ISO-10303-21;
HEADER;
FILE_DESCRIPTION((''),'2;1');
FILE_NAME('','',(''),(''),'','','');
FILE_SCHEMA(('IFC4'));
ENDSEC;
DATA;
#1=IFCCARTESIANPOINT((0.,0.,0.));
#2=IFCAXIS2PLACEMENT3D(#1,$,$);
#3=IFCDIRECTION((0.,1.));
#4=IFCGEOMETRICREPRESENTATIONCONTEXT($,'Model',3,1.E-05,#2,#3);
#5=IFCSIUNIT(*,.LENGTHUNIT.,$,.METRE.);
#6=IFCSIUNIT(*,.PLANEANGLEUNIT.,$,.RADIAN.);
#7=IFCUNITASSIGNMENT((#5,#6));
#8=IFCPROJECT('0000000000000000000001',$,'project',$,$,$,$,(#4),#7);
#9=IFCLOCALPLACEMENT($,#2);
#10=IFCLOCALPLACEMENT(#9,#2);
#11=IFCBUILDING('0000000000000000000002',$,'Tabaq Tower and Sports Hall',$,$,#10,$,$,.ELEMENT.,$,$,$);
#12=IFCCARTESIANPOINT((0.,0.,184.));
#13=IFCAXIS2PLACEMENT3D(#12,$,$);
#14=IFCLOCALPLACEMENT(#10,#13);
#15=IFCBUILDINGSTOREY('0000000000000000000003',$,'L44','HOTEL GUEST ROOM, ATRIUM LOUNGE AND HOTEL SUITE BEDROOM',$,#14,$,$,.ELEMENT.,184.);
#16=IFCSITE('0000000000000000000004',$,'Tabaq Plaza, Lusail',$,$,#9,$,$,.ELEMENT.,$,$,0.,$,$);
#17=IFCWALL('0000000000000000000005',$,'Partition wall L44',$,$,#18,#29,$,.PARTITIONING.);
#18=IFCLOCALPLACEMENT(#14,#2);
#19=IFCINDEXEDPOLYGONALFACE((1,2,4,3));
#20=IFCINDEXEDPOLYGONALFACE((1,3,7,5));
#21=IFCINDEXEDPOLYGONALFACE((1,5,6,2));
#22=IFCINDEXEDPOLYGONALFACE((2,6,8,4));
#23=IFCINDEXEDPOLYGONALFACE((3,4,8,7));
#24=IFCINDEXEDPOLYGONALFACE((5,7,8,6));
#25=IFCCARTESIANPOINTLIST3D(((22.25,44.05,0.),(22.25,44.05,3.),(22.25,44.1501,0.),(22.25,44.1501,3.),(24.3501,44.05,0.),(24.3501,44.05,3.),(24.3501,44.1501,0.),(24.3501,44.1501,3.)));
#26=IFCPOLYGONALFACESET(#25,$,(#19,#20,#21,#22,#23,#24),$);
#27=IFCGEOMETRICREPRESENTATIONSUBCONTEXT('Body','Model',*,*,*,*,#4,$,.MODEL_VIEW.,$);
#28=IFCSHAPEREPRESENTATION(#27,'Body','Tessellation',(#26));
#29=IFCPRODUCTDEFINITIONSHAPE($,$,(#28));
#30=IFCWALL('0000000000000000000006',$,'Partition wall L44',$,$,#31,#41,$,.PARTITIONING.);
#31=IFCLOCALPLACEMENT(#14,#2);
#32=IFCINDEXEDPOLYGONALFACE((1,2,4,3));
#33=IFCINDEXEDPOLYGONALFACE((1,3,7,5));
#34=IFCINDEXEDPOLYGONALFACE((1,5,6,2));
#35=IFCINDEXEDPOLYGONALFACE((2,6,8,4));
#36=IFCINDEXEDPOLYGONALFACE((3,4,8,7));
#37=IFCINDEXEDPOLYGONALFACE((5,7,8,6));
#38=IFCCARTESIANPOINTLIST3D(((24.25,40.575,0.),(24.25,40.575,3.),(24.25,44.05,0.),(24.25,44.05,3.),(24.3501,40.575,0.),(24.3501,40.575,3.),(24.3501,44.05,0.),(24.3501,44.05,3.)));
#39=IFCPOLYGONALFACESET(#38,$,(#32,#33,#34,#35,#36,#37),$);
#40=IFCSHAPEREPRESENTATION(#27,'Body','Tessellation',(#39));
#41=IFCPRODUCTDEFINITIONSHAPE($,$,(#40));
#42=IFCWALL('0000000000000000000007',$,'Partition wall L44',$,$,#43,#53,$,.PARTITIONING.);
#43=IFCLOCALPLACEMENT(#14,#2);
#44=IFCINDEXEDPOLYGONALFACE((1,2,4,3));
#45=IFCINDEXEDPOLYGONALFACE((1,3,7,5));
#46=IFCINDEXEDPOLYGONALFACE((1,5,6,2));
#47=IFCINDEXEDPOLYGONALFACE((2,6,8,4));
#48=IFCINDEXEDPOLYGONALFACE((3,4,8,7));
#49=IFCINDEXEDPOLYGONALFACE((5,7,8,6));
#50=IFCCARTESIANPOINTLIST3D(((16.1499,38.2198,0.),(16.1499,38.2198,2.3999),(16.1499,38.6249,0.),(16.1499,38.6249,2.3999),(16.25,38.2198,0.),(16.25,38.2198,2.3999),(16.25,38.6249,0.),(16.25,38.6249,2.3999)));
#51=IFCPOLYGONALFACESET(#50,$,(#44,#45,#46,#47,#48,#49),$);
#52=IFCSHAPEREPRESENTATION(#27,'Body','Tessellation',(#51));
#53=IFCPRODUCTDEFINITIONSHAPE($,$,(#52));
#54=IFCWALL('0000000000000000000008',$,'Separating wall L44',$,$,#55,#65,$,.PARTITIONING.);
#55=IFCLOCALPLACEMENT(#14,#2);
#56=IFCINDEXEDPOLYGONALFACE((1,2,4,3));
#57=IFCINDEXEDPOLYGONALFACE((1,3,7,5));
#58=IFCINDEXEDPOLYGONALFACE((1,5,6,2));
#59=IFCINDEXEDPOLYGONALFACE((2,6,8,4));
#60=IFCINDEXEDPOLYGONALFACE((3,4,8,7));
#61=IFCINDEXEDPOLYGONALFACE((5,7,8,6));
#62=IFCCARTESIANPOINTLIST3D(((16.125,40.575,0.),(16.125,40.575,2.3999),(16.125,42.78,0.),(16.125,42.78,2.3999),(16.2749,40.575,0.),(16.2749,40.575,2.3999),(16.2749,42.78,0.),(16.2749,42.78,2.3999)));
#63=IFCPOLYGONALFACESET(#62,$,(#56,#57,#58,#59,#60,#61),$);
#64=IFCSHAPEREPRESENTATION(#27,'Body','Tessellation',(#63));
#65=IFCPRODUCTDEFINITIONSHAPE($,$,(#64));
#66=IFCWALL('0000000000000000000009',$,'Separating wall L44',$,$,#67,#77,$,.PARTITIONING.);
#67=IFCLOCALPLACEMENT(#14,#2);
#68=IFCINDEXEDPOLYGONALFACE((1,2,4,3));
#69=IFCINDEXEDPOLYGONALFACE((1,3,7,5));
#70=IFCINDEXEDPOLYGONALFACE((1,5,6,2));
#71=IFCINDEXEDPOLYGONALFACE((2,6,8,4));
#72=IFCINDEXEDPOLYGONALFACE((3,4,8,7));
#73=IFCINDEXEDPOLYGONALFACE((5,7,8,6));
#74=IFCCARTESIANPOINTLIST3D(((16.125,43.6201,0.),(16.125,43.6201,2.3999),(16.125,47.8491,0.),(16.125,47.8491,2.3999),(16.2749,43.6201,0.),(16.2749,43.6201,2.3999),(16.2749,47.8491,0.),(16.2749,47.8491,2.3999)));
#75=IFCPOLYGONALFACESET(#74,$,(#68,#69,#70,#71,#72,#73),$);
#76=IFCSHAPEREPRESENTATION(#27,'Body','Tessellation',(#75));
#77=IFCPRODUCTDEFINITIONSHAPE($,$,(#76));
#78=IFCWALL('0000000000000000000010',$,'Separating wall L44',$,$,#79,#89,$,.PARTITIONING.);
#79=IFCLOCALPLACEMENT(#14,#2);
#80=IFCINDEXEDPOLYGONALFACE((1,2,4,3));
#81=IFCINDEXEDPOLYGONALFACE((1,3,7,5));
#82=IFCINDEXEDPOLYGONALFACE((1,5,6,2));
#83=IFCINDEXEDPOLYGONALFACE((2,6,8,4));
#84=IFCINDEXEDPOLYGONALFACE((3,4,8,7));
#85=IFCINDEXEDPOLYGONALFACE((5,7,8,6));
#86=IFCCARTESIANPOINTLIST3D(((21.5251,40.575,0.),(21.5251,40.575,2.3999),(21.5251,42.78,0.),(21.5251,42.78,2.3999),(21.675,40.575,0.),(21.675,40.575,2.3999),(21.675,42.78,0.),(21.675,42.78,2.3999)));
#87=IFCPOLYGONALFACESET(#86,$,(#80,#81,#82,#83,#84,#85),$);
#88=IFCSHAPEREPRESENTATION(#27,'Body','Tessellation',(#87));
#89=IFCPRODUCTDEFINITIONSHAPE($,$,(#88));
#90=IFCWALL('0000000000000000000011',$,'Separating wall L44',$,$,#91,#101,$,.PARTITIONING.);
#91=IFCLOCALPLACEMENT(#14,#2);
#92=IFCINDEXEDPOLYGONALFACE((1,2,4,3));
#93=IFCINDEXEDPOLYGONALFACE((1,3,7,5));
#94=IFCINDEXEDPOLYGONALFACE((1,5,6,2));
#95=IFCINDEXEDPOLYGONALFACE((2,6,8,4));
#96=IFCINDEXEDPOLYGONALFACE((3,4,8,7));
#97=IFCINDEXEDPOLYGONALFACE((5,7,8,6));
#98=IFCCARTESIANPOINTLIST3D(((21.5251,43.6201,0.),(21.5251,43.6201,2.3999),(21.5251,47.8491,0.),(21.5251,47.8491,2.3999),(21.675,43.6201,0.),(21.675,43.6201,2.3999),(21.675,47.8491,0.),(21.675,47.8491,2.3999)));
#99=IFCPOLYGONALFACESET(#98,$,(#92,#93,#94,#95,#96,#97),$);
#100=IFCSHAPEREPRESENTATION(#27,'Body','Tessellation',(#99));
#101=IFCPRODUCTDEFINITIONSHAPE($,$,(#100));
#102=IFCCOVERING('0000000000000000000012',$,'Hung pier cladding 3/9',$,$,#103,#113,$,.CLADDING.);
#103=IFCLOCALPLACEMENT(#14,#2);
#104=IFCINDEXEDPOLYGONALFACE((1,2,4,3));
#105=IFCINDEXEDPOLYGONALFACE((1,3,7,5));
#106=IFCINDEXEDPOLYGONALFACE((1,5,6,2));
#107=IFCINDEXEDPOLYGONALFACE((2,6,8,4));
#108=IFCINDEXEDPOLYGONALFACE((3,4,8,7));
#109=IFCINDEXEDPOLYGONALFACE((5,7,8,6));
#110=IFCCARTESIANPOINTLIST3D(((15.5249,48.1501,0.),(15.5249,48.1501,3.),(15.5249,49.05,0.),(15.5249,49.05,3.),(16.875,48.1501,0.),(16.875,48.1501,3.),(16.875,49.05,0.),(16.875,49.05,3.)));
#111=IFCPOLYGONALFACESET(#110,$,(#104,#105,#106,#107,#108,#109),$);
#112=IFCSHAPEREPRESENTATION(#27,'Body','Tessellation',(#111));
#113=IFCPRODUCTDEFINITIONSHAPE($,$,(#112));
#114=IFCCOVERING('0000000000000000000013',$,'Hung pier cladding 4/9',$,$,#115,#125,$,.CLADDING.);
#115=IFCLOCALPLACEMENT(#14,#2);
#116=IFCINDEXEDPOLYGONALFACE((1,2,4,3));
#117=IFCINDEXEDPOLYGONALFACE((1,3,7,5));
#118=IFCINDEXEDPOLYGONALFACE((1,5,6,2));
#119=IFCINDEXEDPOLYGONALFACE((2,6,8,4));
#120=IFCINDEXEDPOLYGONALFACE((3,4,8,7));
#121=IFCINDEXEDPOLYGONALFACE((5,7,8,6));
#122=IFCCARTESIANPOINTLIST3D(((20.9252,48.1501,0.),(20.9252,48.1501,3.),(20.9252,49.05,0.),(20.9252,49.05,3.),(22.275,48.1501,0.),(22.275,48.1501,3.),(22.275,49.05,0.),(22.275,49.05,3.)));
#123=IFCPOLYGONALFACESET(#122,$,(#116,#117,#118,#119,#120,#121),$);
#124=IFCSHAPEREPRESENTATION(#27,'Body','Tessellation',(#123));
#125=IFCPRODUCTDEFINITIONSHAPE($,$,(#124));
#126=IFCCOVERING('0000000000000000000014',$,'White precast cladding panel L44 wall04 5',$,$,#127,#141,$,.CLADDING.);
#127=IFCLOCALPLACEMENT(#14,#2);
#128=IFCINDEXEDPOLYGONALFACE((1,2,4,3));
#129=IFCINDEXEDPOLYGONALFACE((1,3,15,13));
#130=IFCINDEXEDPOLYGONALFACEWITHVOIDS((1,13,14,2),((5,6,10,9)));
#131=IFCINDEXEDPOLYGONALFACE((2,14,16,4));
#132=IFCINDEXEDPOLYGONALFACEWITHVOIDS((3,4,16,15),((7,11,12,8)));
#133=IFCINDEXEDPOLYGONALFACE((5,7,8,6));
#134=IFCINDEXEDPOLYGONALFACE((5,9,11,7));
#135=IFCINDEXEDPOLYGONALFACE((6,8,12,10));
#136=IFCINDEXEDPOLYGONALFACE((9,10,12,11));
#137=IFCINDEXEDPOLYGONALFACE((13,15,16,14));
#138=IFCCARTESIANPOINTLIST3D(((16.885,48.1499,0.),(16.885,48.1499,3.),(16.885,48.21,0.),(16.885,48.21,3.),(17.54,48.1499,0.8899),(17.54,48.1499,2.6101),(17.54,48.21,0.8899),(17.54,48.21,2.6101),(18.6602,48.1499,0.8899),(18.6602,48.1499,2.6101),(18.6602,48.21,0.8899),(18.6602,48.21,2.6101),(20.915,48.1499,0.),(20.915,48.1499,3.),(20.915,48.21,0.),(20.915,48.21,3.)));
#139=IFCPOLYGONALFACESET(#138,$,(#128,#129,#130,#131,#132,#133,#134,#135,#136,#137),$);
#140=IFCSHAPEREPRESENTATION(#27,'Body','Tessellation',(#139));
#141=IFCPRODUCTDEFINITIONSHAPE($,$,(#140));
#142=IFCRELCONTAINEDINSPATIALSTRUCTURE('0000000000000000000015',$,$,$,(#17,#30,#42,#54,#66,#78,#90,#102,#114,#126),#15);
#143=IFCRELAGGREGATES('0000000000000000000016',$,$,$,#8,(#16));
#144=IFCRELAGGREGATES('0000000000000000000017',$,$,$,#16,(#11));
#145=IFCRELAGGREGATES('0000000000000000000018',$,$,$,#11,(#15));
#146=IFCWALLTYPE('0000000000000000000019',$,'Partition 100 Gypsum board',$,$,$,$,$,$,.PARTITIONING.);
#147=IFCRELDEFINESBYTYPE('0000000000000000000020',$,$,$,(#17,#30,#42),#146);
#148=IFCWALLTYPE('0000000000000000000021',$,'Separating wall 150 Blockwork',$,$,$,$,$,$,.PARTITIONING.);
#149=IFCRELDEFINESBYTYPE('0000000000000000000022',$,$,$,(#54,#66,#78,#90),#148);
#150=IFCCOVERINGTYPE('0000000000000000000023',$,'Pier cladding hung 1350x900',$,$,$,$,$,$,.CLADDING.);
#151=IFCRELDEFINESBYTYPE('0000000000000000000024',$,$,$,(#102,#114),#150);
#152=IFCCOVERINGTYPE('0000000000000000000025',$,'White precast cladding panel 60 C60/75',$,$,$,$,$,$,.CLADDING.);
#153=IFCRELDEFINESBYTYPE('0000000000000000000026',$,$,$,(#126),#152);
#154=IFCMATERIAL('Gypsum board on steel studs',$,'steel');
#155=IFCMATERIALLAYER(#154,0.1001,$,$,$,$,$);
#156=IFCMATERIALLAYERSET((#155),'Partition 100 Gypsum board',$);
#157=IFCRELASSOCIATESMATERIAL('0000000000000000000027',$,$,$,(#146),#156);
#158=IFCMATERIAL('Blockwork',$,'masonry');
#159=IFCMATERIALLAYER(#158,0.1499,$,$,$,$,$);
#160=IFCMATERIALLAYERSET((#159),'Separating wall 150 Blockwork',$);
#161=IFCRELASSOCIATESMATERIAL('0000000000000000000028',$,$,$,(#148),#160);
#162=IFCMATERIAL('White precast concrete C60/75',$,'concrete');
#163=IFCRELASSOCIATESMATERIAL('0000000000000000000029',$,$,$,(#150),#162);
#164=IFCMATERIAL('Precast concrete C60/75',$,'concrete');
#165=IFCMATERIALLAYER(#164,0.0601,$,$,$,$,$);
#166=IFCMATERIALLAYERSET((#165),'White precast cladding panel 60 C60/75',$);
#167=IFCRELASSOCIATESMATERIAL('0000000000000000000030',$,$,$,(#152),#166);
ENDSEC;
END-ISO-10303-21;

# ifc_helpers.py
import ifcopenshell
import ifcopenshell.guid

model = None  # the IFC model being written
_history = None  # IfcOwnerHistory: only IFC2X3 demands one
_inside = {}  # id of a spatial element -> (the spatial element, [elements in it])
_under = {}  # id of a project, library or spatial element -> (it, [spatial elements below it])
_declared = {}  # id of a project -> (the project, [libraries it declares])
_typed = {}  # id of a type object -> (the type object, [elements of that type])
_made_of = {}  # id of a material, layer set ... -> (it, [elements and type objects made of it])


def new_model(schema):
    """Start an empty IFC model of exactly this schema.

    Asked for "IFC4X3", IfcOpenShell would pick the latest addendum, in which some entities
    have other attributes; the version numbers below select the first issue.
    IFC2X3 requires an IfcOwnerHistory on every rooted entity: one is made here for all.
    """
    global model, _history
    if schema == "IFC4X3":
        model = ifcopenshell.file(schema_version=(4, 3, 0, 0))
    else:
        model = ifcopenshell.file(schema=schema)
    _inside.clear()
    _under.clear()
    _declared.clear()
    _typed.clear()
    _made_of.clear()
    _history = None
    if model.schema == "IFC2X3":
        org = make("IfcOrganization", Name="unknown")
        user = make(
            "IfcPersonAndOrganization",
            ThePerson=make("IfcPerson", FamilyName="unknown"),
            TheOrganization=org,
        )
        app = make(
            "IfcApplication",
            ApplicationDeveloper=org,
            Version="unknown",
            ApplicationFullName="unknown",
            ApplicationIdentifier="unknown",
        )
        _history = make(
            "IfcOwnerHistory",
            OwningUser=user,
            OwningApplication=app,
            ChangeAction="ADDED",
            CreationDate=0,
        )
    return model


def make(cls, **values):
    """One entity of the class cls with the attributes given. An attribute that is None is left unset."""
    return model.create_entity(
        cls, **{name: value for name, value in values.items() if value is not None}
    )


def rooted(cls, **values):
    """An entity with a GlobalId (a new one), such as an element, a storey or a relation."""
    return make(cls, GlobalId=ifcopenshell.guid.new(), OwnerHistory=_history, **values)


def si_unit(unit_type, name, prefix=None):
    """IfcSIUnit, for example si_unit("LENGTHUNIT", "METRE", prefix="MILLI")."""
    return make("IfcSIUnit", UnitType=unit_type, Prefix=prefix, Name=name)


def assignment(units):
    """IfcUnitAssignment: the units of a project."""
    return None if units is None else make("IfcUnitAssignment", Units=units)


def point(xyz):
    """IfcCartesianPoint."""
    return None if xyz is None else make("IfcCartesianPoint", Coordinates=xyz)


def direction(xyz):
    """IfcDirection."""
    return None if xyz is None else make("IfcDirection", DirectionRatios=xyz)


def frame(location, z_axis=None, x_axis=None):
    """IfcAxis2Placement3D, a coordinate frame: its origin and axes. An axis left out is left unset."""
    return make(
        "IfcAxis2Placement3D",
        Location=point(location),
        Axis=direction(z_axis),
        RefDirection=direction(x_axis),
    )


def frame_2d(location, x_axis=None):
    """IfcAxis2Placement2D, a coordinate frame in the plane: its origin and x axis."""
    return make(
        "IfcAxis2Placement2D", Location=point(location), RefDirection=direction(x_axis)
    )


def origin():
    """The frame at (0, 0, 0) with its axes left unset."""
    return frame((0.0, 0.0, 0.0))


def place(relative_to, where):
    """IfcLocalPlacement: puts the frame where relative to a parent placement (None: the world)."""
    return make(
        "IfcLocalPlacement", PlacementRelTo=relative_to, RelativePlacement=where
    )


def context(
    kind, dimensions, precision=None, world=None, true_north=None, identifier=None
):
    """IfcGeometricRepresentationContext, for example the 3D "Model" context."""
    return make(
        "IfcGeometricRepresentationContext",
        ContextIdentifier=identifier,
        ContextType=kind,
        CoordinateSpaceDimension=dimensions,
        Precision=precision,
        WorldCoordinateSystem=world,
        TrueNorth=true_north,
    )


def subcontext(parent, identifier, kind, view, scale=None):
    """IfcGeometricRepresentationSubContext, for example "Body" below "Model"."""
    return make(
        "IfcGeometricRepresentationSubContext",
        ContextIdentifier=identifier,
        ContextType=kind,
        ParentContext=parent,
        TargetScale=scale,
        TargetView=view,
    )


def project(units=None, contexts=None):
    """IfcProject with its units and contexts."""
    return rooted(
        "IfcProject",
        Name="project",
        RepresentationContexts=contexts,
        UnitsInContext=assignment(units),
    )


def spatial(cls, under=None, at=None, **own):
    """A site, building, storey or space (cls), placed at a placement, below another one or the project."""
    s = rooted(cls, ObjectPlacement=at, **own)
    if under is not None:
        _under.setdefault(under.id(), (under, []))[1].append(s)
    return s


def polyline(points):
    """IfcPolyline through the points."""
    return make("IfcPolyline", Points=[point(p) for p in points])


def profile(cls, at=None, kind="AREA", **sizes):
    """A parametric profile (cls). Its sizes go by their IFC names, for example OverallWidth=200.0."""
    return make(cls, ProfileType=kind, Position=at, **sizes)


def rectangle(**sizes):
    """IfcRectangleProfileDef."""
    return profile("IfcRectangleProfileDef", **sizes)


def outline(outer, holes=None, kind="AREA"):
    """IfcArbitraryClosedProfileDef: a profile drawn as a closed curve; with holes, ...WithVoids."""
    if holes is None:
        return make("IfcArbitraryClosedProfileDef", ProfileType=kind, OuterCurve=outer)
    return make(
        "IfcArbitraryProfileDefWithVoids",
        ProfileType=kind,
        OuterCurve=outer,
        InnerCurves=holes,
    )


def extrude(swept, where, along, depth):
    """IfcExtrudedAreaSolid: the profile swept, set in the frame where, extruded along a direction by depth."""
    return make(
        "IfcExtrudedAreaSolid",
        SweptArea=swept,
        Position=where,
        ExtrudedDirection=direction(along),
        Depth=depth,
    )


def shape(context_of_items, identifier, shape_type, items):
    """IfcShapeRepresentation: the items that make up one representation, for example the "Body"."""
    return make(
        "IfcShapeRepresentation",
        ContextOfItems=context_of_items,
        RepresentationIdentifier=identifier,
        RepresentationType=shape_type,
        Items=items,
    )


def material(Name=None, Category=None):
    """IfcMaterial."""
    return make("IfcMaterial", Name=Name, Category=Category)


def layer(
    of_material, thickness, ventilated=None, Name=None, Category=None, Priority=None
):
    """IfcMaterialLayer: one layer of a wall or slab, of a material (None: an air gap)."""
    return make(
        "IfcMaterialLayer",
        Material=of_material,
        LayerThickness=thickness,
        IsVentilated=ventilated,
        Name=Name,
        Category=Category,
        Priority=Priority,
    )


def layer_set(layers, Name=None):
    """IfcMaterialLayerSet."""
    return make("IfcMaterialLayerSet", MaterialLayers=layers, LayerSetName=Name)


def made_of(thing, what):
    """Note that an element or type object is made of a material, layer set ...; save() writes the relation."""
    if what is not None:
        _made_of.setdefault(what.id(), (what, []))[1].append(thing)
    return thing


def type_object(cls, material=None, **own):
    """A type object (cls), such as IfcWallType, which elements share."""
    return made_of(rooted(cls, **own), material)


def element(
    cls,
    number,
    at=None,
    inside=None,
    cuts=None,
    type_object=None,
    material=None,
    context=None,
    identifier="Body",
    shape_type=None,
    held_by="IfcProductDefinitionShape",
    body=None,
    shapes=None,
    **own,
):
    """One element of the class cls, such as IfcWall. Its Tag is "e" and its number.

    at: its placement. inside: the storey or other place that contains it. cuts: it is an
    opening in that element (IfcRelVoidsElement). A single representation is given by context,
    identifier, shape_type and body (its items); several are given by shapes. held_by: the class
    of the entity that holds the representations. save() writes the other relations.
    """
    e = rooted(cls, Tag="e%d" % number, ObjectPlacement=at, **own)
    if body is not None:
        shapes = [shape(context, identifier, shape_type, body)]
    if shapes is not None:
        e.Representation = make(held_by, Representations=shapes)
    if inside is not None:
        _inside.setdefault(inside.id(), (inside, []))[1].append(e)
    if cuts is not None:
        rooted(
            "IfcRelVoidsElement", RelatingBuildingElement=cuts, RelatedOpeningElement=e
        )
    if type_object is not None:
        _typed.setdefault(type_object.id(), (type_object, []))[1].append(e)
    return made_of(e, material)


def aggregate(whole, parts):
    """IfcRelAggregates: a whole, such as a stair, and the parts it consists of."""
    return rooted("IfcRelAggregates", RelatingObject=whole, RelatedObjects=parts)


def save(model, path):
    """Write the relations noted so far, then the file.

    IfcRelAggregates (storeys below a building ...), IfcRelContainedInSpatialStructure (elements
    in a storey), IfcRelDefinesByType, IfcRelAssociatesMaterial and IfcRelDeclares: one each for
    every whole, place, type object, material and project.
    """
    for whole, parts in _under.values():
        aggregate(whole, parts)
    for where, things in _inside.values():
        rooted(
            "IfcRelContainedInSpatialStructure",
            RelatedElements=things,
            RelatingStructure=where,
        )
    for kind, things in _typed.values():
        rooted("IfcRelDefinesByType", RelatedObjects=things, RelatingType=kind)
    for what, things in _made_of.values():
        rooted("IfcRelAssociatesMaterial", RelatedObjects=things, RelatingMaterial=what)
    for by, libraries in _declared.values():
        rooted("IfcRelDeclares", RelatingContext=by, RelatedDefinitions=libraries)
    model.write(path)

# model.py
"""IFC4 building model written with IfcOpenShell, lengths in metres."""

from ifc_helpers import new_model, si_unit, direction, frame, frame_2d, origin, place, context, subcontext, project, spatial, polyline, rectangle, outline, extrude, material, layer, layer_set, type_object, element, save


model = new_model("IFC4")

# Units and contexts
model_context = context("Model", 3, precision=1e-05, world=origin(), true_north=direction((0.0, 1.0)))
body_context = subcontext(model_context, "Body", "Model", "MODEL_VIEW")
ifc_project = project(units=[si_unit("LENGTHUNIT", "METRE"), si_unit("PLANEANGLEUNIT", "RADIAN")], contexts=[model_context])

# Site, building, storey
site_placement = place(None, origin())
site = spatial("IfcSite", under=ifc_project, at=site_placement, Name="Tabaq Plaza, Lusail", CompositionType="ELEMENT", RefElevation=0.0)
building_placement = place(site_placement, origin())
building = spatial("IfcBuilding", under=site, at=building_placement, Name="Tabaq Tower and Sports Hall", CompositionType="ELEMENT")
storey_placement = place(building_placement, frame((0.0, 0.0, 184.0)))
storey = spatial("IfcBuildingStorey", under=building, at=storey_placement, Name="L44", Description="HOTEL GUEST ROOM, ATRIUM LOUNGE AND HOTEL SUITE BEDROOM", CompositionType="ELEMENT", Elevation=184.0)

# Shared definitions
ifc_material_1 = material(Name="Gypsum board on steel studs", Category="steel")
ifc_layer_1 = layer(ifc_material_1, 0.1001)
ifc_layer_set_1 = layer_set([ifc_layer_1], Name="Partition 100 Gypsum board")
wall_type_1 = type_object("IfcWallType", Name="Partition 100 Gypsum board", PredefinedType="PARTITIONING", material=ifc_layer_set_1)

# Walls
wall_1_placement = place(storey_placement, frame((22.25, 44.1001, 0.0), z_axis=(0.0, 0.0, 1.0), x_axis=(1.0, 0.0, 0.0)))
element("IfcWall", 1, at=wall_1_placement, inside=storey, type_object=wall_type_1, Name="Partition wall L44", PredefinedType="PARTITIONING", context=body_context, shape_type="SweptSolid", body=[
    extrude(rectangle(XDim=2.1001, YDim=0.1001, at=frame_2d((1.05, 0.0))), origin(), (0.0, 0.0, 1.0), 3.0),
])
wall_2_placement = place(storey_placement, frame((24.3, 44.05, 0.0), z_axis=(0.0, 0.0, 1.0), x_axis=(0.0, -1.0, 0.0)))
element("IfcWall", 2, at=wall_2_placement, inside=storey, type_object=wall_type_1, Name="Partition wall L44", PredefinedType="PARTITIONING", context=body_context, shape_type="SweptSolid", body=[
    extrude(rectangle(XDim=3.4751, YDim=0.1001, at=frame_2d((1.7375, 0.0))), origin(), (0.0, 0.0, 1.0), 3.0),
])
wall_3_placement = place(storey_placement, frame((16.2, 38.625, 0.0), z_axis=(0.0, 0.0, 1.0), x_axis=(0.0, -1.0, 0.0)))
element("IfcWall", 3, at=wall_3_placement, inside=storey, type_object=wall_type_1, Name="Partition wall L44", PredefinedType="PARTITIONING", context=body_context, shape_type="SweptSolid", body=[
    extrude(rectangle(XDim=0.405, YDim=0.1001, at=frame_2d((0.2026, 0.0))), origin(), (0.0, 0.0, 1.0), 2.3999),
])
ifc_material_2 = material(Name="Blockwork", Category="masonry")
ifc_layer_2 = layer(ifc_material_2, 0.1499)
ifc_layer_set_2 = layer_set([ifc_layer_2], Name="Separating wall 150 Blockwork")
wall_type_2 = type_object("IfcWallType", Name="Separating wall 150 Blockwork", PredefinedType="PARTITIONING", material=ifc_layer_set_2)
wall_4_placement = place(storey_placement, frame((16.2, 40.575, 0.0), z_axis=(0.0, 0.0, 1.0), x_axis=(0.0, 1.0, 0.0)))
element("IfcWall", 4, at=wall_4_placement, inside=storey, type_object=wall_type_2, Name="Separating wall L44", PredefinedType="PARTITIONING", context=body_context, shape_type="SweptSolid", body=[
    extrude(rectangle(XDim=2.2051, YDim=0.1499, at=frame_2d((1.1025, 0.0))), origin(), (0.0, 0.0, 1.0), 2.3999),
])
wall_5_placement = place(storey_placement, frame((16.2, 43.6201, 0.0), z_axis=(0.0, 0.0, 1.0), x_axis=(0.0, 1.0, 0.0)))
element("IfcWall", 5, at=wall_5_placement, inside=storey, type_object=wall_type_2, Name="Separating wall L44", PredefinedType="PARTITIONING", context=body_context, shape_type="SweptSolid", body=[
    extrude(rectangle(XDim=4.229, YDim=0.1499, at=frame_2d((2.1145, 0.0))), origin(), (0.0, 0.0, 1.0), 2.3999),
])
wall_6_placement = place(storey_placement, frame((21.6001, 40.575, 0.0), z_axis=(0.0, 0.0, 1.0), x_axis=(0.0, 1.0, 0.0)))
element("IfcWall", 6, at=wall_6_placement, inside=storey, type_object=wall_type_2, Name="Separating wall L44", PredefinedType="PARTITIONING", context=body_context, shape_type="SweptSolid", body=[
    extrude(rectangle(XDim=2.2051, YDim=0.1499, at=frame_2d((1.1025, 0.0))), origin(), (0.0, 0.0, 1.0), 2.3999),
])
wall_7_placement = place(storey_placement, frame((21.6001, 43.6201, 0.0), z_axis=(0.0, 0.0, 1.0), x_axis=(0.0, 1.0, 0.0)))
element("IfcWall", 7, at=wall_7_placement, inside=storey, type_object=wall_type_2, Name="Separating wall L44", PredefinedType="PARTITIONING", context=body_context, shape_type="SweptSolid", body=[
    extrude(rectangle(XDim=4.229, YDim=0.1499, at=frame_2d((2.1145, 0.0))), origin(), (0.0, 0.0, 1.0), 2.3999),
])

# Coverings
ifc_material_3 = material(Name="White precast concrete C60/75", Category="concrete")
covering_type_1 = type_object("IfcCoveringType", Name="Pier cladding hung 1350x900", PredefinedType="CLADDING", material=ifc_material_3)
covering_1_placement = place(storey_placement, frame((16.875, 48.6001, 0.0), z_axis=(0.0, 0.0, 1.0), x_axis=(-1.0, 0.0, 0.0)))
element("IfcCovering", 8, at=covering_1_placement, inside=storey, type_object=covering_type_1, Name="Hung pier cladding 3/9", PredefinedType="CLADDING", context=body_context, shape_type="SweptSolid", body=[
    extrude(rectangle(XDim=1.3501, YDim=0.8999, at=frame_2d((0.675, 0.0))), origin(), (0.0, 0.0, 1.0), 3.0),
])
covering_2_placement = place(storey_placement, frame((22.2749, 48.6001, 0.0), z_axis=(0.0, 0.0, 1.0), x_axis=(-1.0, 0.0, 0.0)))
element("IfcCovering", 9, at=covering_2_placement, inside=storey, type_object=covering_type_1, Name="Hung pier cladding 4/9", PredefinedType="CLADDING", context=body_context, shape_type="SweptSolid", body=[
    extrude(rectangle(XDim=1.3499, YDim=0.8999, at=frame_2d((0.6748, 0.0))), origin(), (0.0, 0.0, 1.0), 3.0),
])
ifc_material_4 = material(Name="Precast concrete C60/75", Category="concrete")
ifc_layer_3 = layer(ifc_material_4, 0.0601)
ifc_layer_set_3 = layer_set([ifc_layer_3], Name="White precast cladding panel 60 C60/75")
covering_type_2 = type_object("IfcCoveringType", Name="White precast cladding panel 60 C60/75", PredefinedType="CLADDING", material=ifc_layer_set_3)
covering_3_placement = place(storey_placement, frame((20.915, 48.1799, 0.0), z_axis=(0.0, 0.0, 1.0), x_axis=(-1.0, 0.0, 0.0)))
element("IfcCovering", 10, at=covering_3_placement, inside=storey, type_object=covering_type_2, Name="White precast cladding panel L44 wall04 5", PredefinedType="CLADDING", context=body_context, shape_type="SweptSolid", body=[
    extrude(outline(polyline([(0.0, 0.0), (4.03, 0.0), (4.03, 3.0), (0.0, 3.0), (0.0, 0.0)]), holes=[polyline([(2.2549, 0.8899), (2.2549, 2.6101), (3.375, 2.6101), (3.375, 0.8899), (2.2549, 0.8899)])]), frame((0.0, 0.03, 0.0), z_axis=(0.0, -1.0, 0.0), x_axis=(1.0, 0.0, 0.0)), (0.0, 0.0, 1.0), 0.0601),
])

save(model, "model.ifc")
